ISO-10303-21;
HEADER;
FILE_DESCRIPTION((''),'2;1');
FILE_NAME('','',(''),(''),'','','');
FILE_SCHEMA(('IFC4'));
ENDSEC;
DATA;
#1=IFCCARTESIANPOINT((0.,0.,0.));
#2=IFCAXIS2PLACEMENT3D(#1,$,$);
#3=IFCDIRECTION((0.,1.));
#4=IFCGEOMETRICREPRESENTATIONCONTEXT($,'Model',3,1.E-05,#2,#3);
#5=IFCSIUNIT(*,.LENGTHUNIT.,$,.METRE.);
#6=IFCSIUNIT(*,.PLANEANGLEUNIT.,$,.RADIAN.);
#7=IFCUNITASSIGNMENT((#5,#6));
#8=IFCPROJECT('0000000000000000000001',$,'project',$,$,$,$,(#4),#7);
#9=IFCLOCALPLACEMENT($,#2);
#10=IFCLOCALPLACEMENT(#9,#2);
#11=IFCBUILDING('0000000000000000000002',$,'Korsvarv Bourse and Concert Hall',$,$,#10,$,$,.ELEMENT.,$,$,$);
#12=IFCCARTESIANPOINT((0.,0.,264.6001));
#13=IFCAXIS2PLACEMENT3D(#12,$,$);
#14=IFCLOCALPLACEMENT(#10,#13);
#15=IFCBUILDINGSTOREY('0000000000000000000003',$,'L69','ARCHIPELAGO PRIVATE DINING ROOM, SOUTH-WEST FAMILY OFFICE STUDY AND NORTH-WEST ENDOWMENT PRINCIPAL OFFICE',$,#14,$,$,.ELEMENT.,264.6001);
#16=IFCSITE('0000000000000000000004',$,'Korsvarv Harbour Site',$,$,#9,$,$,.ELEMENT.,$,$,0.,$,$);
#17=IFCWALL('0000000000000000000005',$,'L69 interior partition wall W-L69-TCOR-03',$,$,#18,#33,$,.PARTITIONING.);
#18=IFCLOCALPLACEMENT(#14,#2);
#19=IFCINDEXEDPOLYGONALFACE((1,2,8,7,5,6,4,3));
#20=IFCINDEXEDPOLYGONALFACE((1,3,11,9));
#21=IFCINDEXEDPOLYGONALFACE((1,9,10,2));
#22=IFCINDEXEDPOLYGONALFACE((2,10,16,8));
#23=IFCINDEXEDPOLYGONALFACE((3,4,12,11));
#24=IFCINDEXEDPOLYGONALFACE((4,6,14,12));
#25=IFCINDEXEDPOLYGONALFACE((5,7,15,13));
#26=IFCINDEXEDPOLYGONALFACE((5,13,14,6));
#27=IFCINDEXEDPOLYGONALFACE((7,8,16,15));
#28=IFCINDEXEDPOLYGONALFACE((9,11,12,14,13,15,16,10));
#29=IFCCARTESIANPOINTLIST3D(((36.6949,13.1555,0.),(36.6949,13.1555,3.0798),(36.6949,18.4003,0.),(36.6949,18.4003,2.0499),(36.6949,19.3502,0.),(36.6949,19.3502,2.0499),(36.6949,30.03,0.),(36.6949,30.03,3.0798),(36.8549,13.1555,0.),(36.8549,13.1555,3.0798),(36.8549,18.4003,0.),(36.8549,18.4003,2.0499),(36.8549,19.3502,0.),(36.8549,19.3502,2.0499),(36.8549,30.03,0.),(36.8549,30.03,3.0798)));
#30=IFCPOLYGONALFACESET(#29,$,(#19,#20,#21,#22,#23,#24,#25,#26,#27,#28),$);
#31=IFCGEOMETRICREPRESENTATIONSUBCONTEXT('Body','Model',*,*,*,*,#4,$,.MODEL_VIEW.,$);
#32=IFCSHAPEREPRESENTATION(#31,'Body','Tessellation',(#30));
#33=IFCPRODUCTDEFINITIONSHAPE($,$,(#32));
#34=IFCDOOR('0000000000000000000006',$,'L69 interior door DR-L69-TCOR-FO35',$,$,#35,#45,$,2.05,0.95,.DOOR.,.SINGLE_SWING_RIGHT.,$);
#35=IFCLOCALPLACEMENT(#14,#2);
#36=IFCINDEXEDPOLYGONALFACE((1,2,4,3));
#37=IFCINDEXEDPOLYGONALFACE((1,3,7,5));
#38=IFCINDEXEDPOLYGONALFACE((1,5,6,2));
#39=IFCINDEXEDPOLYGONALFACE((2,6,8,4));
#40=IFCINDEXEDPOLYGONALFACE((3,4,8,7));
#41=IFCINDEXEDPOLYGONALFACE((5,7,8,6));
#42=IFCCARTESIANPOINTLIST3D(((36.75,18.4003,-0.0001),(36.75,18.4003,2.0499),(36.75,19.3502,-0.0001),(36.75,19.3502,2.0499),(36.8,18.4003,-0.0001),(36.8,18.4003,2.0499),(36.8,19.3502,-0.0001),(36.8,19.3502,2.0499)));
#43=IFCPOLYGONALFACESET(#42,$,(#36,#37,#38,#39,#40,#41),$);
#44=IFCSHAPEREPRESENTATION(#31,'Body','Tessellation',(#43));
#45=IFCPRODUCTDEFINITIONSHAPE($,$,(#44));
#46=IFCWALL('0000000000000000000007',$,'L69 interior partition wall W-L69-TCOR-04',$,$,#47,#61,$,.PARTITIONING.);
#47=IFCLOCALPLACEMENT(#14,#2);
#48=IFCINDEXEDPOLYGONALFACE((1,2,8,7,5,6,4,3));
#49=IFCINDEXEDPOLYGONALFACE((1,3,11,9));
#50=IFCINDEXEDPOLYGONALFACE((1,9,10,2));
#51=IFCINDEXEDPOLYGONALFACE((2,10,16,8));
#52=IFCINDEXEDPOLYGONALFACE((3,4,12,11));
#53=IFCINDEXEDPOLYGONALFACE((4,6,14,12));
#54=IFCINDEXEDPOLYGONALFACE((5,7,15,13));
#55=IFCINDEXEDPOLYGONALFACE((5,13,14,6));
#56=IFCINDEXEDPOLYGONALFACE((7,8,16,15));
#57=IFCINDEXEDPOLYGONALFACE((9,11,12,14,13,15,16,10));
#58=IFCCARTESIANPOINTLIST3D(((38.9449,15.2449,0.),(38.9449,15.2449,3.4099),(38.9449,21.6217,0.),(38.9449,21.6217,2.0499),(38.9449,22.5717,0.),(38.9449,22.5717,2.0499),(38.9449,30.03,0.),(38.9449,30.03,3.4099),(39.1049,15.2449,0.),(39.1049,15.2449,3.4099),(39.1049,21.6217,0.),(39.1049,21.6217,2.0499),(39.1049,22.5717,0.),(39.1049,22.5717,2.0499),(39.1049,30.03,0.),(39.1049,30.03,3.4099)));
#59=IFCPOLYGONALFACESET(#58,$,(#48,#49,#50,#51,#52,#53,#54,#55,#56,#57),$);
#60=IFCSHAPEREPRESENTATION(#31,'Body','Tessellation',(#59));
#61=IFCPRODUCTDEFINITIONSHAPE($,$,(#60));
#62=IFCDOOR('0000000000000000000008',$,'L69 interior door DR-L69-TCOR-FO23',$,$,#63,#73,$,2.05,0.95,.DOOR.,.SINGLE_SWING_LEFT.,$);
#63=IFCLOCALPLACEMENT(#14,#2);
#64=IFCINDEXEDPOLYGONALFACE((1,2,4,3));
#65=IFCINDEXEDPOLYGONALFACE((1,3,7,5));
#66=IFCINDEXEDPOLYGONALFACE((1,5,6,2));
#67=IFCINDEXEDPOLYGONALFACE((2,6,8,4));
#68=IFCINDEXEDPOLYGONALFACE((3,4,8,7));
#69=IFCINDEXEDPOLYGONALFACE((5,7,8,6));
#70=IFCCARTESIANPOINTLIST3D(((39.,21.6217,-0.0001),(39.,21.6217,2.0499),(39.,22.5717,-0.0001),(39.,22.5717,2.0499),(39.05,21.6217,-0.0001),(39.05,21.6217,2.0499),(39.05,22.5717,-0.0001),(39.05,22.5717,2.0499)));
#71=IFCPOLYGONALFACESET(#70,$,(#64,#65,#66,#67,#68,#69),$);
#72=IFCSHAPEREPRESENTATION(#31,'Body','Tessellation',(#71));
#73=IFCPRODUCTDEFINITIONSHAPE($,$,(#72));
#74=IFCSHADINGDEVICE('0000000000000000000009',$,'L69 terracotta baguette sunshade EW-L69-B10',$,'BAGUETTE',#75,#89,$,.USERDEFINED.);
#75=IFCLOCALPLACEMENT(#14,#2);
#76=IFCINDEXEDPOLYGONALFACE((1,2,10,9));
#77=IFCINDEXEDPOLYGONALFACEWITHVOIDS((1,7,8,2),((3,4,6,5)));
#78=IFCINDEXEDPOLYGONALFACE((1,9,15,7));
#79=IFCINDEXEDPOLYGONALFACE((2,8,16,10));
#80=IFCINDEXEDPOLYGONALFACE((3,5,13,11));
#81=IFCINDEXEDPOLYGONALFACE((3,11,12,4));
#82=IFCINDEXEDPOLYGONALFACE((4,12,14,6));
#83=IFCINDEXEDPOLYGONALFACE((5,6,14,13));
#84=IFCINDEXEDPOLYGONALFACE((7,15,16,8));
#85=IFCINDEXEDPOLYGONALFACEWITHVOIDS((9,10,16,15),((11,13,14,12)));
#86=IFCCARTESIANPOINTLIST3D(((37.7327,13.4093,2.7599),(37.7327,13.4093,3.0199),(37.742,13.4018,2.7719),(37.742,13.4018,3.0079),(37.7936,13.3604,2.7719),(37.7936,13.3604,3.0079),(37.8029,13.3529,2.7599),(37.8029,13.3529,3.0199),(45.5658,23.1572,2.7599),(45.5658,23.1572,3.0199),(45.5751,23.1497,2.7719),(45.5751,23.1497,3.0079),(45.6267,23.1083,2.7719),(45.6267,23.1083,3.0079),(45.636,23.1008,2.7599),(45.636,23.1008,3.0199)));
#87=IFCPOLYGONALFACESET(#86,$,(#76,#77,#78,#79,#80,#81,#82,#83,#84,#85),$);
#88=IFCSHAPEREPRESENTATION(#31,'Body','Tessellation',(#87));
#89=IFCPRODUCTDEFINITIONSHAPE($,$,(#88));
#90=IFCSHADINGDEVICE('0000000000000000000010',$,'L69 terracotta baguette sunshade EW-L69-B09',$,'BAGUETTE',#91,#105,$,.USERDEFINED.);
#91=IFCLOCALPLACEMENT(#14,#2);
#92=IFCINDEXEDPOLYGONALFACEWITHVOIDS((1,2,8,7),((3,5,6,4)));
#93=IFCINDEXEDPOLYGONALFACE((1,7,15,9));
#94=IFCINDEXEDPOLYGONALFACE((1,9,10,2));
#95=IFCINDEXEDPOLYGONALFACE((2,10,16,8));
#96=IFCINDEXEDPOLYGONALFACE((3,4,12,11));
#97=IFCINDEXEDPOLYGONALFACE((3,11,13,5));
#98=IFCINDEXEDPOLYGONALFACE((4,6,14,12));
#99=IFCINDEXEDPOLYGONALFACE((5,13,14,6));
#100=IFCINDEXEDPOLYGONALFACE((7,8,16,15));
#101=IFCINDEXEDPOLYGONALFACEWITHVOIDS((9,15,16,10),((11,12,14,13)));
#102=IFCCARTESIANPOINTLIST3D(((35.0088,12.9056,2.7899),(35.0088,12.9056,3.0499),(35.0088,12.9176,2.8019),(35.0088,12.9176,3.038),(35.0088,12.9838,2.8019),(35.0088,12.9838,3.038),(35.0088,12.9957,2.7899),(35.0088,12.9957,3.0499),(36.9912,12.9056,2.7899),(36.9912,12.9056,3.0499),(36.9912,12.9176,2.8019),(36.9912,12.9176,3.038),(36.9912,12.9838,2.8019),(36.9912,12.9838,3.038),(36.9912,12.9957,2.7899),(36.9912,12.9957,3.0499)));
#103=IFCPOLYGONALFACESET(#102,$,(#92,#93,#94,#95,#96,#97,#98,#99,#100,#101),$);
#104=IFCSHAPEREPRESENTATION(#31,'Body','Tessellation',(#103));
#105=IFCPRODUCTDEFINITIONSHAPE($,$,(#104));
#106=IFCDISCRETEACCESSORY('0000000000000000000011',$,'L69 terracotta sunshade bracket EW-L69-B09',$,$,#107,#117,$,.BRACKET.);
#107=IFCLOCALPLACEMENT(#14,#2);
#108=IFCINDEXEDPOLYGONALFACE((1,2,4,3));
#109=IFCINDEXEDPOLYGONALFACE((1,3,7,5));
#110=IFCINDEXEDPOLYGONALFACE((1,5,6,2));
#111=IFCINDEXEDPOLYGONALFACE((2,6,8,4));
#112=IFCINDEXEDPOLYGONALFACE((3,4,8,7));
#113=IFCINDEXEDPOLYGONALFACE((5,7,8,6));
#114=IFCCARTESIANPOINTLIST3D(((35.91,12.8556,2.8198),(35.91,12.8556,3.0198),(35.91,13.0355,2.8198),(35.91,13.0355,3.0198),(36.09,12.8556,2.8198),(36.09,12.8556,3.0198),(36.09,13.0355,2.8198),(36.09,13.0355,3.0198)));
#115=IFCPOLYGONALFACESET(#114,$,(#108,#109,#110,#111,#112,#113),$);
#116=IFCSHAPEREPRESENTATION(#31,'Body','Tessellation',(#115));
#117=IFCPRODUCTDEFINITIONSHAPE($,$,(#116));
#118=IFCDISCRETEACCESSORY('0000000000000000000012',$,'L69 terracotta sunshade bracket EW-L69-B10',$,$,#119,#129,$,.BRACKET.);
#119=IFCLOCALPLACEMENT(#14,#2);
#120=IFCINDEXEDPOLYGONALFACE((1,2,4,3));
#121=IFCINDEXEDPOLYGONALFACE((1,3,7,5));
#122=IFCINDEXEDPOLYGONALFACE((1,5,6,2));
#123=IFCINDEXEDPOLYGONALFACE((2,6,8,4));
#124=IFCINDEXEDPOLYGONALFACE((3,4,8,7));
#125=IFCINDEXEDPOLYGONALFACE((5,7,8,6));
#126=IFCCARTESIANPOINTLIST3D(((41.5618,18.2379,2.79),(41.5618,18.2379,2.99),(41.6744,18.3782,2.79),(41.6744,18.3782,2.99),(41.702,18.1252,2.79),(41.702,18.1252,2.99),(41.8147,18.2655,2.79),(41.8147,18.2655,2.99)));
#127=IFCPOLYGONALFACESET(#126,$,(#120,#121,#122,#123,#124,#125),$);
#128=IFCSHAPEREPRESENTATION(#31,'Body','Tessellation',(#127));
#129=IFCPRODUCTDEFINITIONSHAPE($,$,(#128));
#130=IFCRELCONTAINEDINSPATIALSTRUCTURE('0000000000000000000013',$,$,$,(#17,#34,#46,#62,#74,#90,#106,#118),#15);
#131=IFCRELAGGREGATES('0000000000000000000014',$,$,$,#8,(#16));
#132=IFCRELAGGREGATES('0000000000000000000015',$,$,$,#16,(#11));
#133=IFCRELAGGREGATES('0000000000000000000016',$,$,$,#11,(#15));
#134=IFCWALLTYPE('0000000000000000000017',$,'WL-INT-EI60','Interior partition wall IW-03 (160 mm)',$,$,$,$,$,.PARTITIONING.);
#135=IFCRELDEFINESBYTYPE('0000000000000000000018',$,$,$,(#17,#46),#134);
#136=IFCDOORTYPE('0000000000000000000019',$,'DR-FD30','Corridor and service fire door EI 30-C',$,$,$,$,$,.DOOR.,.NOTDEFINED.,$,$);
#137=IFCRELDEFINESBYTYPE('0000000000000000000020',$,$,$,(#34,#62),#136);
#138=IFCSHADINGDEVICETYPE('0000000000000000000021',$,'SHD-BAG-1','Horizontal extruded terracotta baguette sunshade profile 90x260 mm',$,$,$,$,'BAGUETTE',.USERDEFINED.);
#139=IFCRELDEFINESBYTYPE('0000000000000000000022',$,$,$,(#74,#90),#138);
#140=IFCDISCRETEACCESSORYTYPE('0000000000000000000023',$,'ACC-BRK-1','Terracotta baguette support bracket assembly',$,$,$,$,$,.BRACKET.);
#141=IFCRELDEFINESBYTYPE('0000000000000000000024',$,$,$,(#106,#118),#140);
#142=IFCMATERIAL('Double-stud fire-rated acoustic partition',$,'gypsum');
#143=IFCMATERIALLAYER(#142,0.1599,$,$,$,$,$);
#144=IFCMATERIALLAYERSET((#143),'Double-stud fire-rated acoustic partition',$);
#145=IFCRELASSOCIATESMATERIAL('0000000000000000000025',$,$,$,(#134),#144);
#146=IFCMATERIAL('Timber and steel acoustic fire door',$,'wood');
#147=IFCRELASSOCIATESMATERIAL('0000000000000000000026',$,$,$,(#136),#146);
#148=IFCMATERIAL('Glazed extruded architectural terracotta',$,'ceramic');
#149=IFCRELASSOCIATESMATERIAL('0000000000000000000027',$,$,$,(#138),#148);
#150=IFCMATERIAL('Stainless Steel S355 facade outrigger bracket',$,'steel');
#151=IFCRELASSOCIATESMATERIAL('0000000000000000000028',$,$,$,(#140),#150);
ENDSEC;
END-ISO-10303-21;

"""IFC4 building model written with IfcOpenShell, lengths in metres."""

from ifc_helpers import new_model, si_unit, direction, frame, frame_2d, origin, origin_2d, place, context, subcontext, project, spatial, rectangle, hollow_rectangle, extrude, source, transform, mapped, material, layer, layer_set, material_profile, profile_set, type_object, element, fill, save


model = new_model("IFC4")

# Units and contexts
model_context = context("Model", 3, precision=1e-05, world=origin(), true_north=direction((0.0, 1.0)))
body_context = subcontext(model_context, "Body", "Model", "MODEL_VIEW")
ifc_project = project(units=[si_unit("LENGTHUNIT", "METRE"), si_unit("PLANEANGLEUNIT", "RADIAN")], contexts=[model_context])

# Site, building, storey
site_placement = place(None, origin())
site = spatial("IfcSite", under=ifc_project, at=site_placement, Name="Korsvarv Harbour Site", CompositionType="ELEMENT", RefElevation=0.0)
building_placement = place(site_placement, origin())
building = spatial("IfcBuilding", under=site, at=building_placement, Name="Korsvarv Bourse and Concert Hall", CompositionType="ELEMENT")
storey_placement = place(building_placement, frame((0.0, 0.0, 264.6001)))
storey = spatial("IfcBuildingStorey", under=building, at=storey_placement, Name="L69", Description="ARCHIPELAGO PRIVATE DINING ROOM, SOUTH-WEST FAMILY OFFICE STUDY AND NORTH-WEST ENDOWMENT PRINCIPAL OFFICE", CompositionType="ELEMENT", Elevation=264.6001)

# Walls, openings, doors
ifc_material_1 = material(Name="Double-stud fire-rated acoustic partition", Category="gypsum")
ifc_layer_1 = layer(ifc_material_1, 0.1599)
ifc_layer_set_1 = layer_set([ifc_layer_1], Name="Double-stud fire-rated acoustic partition")
wall_type_1 = type_object("IfcWallType", Name="WL-INT-EI60", Description="Interior partition wall IW-03 (160 mm)", PredefinedType="PARTITIONING", material=ifc_layer_set_1)
wall_1_placement = place(storey_placement, frame((36.7749, 13.1555, 0.0), z_axis=(0.0, 0.0, 1.0), x_axis=(0.0, 1.0, 0.0)))
wall_1 = element("IfcWall", 1, at=wall_1_placement, inside=storey, type_object=wall_type_1, Name="L69 interior partition wall W-L69-TCOR-03", PredefinedType="PARTITIONING", context=body_context, shape_type="SweptSolid", body=[
    extrude(rectangle(XDim=16.8745, YDim=0.1599, at=frame_2d((8.4373, 0.0))), origin(), (0.0, 0.0, 1.0), 3.0798),
])
opening_1_placement = place(wall_1_placement, frame((5.2446, 0.0, 0.0)))
opening_1 = element("IfcOpeningElement", 2, at=opening_1_placement, cuts=wall_1, PredefinedType="OPENING", context=body_context, shape_type="SweptSolid", body=[
    extrude(rectangle(XDim=0.95, YDim=2.05, at=frame_2d((0.4751, 1.0249))), frame((0.0, 0.0898, 0.0), z_axis=(0.0, -1.0, 0.0), x_axis=(1.0, 0.0, 0.0)), (0.0, 0.0, 1.0), 0.1799),
])
ifc_material_2 = material(Name="Timber and steel acoustic fire door", Category="wood")
door_type = type_object("IfcDoorType", Name="DR-FD30", Description="Corridor and service fire door EI 30-C", OperationType="NOTDEFINED", PredefinedType="DOOR", material=ifc_material_2)
door_1_placement = place(opening_1_placement, origin())
door_1 = element("IfcDoor", 3, at=door_1_placement, inside=storey, type_object=door_type, Name="L69 interior door DR-L69-TCOR-FO35", OperationType="SINGLE_SWING_RIGHT", OverallHeight=2.05, OverallWidth=0.95, PredefinedType="DOOR", context=body_context, shape_type="SweptSolid", body=[
    extrude(rectangle(XDim=0.95, YDim=2.05, at=frame_2d((0.4751, 1.0249))), frame((0.0, 0.0249, 0.0), z_axis=(0.0, -1.0, 0.0), x_axis=(1.0, 0.0, 0.0)), (0.0, 0.0, 1.0), 0.05),
])
fill(opening_1, door_1)
wall_2_placement = place(storey_placement, frame((39.0249, 15.2449, 0.0), z_axis=(0.0, 0.0, 1.0), x_axis=(0.0, 1.0, 0.0)))
wall_2 = element("IfcWall", 4, at=wall_2_placement, inside=storey, type_object=wall_type_1, Name="L69 interior partition wall W-L69-TCOR-04", PredefinedType="PARTITIONING", context=body_context, shape_type="SweptSolid", body=[
    extrude(rectangle(XDim=14.7852, YDim=0.1599, at=frame_2d((7.3926, 0.0))), origin(), (0.0, 0.0, 1.0), 3.4099),
])
opening_2_placement = place(wall_2_placement, frame((6.3767, 0.0, 0.0)))
opening_2 = element("IfcOpeningElement", 5, at=opening_2_placement, cuts=wall_2, PredefinedType="OPENING", context=body_context, shape_type="SweptSolid", body=[
    extrude(rectangle(XDim=0.95, YDim=2.05, at=frame_2d((0.4751, 1.0249))), frame((0.0, 0.0898, 0.0), z_axis=(0.0, -1.0, 0.0), x_axis=(1.0, 0.0, 0.0)), (0.0, 0.0, 1.0), 0.1799),
])
door_2_placement = place(opening_2_placement, origin())
door_2 = element("IfcDoor", 6, at=door_2_placement, inside=storey, type_object=door_type, Name="L69 interior door DR-L69-TCOR-FO23", OperationType="SINGLE_SWING_LEFT", OverallHeight=2.05, OverallWidth=0.95, PredefinedType="DOOR", context=body_context, shape_type="SweptSolid", body=[
    extrude(rectangle(XDim=0.95, YDim=2.05, at=frame_2d((0.4751, 1.0249))), frame((0.0, 0.0249, 0.0), z_axis=(0.0, -1.0, 0.0), x_axis=(1.0, 0.0, 0.0)), (0.0, 0.0, 1.0), 0.05),
])
fill(opening_2, door_2)

# Shading devices
ifc_material_3 = material(Name="Glazed extruded architectural terracotta", Category="ceramic")
ifc_material_profile_1 = material_profile(ifc_material_3, hollow_rectangle(XDim=0.0901, YDim=0.26, WallThickness=0.012, at=origin_2d()), Name="TC-BAG 90x260")
ifc_profile_set_1 = profile_set([ifc_material_profile_1], Name="Glazed extruded architectural terracotta")
shading_device_type = type_object("IfcShadingDeviceType", Name="SHD-BAG-1", Description="Horizontal extruded terracotta baguette sunshade profile 90x260 mm", ElementType="BAGUETTE", PredefinedType="USERDEFINED", material=ifc_profile_set_1)
shared_shape_1 = source(origin(), body_context, "Body", "SweptSolid", [
    extrude(hollow_rectangle(XDim=0.0901, YDim=0.26, WallThickness=0.012, at=origin_2d()), origin(), (0.0, 0.0, 1.0), 12.5051),
])
shading_device_1_placement = place(storey_placement, frame((37.7678, 13.3811, 2.8899), z_axis=(0.626389, 0.779511, 0.0), x_axis=(-0.779511, 0.626389, 0.0)))
element("IfcShadingDevice", 7, at=shading_device_1_placement, inside=storey, type_object=shading_device_type, Name="L69 terracotta baguette sunshade EW-L69-B10", ObjectType="BAGUETTE", PredefinedType="USERDEFINED", context=body_context, shape_type="MappedRepresentation", body=[
    mapped(shared_shape_1, transform((0.0, 0.0, 0.0), scale=1.0)),
])
shared_shape_2 = source(origin(), body_context, "Body", "SweptSolid", [
    extrude(hollow_rectangle(XDim=0.0901, YDim=0.26, WallThickness=0.012, at=origin_2d()), origin(), (0.0, 0.0, 1.0), 1.9824),
])
shading_device_2_placement = place(storey_placement, frame((35.0088, 12.9507, 2.9199), z_axis=(1.0, 0.0, 0.0), x_axis=(0.0, 1.0, 0.0)))
element("IfcShadingDevice", 8, at=shading_device_2_placement, inside=storey, type_object=shading_device_type, Name="L69 terracotta baguette sunshade EW-L69-B09", ObjectType="BAGUETTE", PredefinedType="USERDEFINED", context=body_context, shape_type="MappedRepresentation", body=[
    mapped(shared_shape_2, transform((0.0, 0.0, 0.0), scale=1.0)),
])

# Discrete accessories
ifc_material_4 = material(Name="Stainless Steel S355 facade outrigger bracket", Category="steel")
discrete_accessory_type = type_object("IfcDiscreteAccessoryType", Name="ACC-BRK-1", Description="Terracotta baguette support bracket assembly", PredefinedType="BRACKET", material=ifc_material_4)
shared_shape_3 = source(origin(), body_context, "Body", "SweptSolid", [
    extrude(rectangle(XDim=0.1799, YDim=0.1799, at=origin_2d()), origin(), (0.0, 0.0, 1.0), 0.2),
])
for number, where, z_axis, x_axis, name in (
    (9, (36.0, 12.9456, 2.8198), (0.0, 0.0, 1.0), (1.0, 0.0, 0.0), "L69 terracotta sunshade bracket EW-L69-B09"),
    (10, (41.6882, 18.2517, 2.79), (0.0, 0.0, 1.0), (0.626332, 0.779557, 0.0), "L69 terracotta sunshade bracket EW-L69-B10"),
):
    element("IfcDiscreteAccessory", number, at=place(storey_placement, frame(where, z_axis=z_axis, x_axis=x_axis)), inside=storey, type_object=discrete_accessory_type, Name=name, PredefinedType="BRACKET", context=body_context, shape_type="MappedRepresentation", body=[
        mapped(shared_shape_3, transform((0.0, 0.0, 0.0), scale=1.0)),
    ])

save(model, "model.ifc")
